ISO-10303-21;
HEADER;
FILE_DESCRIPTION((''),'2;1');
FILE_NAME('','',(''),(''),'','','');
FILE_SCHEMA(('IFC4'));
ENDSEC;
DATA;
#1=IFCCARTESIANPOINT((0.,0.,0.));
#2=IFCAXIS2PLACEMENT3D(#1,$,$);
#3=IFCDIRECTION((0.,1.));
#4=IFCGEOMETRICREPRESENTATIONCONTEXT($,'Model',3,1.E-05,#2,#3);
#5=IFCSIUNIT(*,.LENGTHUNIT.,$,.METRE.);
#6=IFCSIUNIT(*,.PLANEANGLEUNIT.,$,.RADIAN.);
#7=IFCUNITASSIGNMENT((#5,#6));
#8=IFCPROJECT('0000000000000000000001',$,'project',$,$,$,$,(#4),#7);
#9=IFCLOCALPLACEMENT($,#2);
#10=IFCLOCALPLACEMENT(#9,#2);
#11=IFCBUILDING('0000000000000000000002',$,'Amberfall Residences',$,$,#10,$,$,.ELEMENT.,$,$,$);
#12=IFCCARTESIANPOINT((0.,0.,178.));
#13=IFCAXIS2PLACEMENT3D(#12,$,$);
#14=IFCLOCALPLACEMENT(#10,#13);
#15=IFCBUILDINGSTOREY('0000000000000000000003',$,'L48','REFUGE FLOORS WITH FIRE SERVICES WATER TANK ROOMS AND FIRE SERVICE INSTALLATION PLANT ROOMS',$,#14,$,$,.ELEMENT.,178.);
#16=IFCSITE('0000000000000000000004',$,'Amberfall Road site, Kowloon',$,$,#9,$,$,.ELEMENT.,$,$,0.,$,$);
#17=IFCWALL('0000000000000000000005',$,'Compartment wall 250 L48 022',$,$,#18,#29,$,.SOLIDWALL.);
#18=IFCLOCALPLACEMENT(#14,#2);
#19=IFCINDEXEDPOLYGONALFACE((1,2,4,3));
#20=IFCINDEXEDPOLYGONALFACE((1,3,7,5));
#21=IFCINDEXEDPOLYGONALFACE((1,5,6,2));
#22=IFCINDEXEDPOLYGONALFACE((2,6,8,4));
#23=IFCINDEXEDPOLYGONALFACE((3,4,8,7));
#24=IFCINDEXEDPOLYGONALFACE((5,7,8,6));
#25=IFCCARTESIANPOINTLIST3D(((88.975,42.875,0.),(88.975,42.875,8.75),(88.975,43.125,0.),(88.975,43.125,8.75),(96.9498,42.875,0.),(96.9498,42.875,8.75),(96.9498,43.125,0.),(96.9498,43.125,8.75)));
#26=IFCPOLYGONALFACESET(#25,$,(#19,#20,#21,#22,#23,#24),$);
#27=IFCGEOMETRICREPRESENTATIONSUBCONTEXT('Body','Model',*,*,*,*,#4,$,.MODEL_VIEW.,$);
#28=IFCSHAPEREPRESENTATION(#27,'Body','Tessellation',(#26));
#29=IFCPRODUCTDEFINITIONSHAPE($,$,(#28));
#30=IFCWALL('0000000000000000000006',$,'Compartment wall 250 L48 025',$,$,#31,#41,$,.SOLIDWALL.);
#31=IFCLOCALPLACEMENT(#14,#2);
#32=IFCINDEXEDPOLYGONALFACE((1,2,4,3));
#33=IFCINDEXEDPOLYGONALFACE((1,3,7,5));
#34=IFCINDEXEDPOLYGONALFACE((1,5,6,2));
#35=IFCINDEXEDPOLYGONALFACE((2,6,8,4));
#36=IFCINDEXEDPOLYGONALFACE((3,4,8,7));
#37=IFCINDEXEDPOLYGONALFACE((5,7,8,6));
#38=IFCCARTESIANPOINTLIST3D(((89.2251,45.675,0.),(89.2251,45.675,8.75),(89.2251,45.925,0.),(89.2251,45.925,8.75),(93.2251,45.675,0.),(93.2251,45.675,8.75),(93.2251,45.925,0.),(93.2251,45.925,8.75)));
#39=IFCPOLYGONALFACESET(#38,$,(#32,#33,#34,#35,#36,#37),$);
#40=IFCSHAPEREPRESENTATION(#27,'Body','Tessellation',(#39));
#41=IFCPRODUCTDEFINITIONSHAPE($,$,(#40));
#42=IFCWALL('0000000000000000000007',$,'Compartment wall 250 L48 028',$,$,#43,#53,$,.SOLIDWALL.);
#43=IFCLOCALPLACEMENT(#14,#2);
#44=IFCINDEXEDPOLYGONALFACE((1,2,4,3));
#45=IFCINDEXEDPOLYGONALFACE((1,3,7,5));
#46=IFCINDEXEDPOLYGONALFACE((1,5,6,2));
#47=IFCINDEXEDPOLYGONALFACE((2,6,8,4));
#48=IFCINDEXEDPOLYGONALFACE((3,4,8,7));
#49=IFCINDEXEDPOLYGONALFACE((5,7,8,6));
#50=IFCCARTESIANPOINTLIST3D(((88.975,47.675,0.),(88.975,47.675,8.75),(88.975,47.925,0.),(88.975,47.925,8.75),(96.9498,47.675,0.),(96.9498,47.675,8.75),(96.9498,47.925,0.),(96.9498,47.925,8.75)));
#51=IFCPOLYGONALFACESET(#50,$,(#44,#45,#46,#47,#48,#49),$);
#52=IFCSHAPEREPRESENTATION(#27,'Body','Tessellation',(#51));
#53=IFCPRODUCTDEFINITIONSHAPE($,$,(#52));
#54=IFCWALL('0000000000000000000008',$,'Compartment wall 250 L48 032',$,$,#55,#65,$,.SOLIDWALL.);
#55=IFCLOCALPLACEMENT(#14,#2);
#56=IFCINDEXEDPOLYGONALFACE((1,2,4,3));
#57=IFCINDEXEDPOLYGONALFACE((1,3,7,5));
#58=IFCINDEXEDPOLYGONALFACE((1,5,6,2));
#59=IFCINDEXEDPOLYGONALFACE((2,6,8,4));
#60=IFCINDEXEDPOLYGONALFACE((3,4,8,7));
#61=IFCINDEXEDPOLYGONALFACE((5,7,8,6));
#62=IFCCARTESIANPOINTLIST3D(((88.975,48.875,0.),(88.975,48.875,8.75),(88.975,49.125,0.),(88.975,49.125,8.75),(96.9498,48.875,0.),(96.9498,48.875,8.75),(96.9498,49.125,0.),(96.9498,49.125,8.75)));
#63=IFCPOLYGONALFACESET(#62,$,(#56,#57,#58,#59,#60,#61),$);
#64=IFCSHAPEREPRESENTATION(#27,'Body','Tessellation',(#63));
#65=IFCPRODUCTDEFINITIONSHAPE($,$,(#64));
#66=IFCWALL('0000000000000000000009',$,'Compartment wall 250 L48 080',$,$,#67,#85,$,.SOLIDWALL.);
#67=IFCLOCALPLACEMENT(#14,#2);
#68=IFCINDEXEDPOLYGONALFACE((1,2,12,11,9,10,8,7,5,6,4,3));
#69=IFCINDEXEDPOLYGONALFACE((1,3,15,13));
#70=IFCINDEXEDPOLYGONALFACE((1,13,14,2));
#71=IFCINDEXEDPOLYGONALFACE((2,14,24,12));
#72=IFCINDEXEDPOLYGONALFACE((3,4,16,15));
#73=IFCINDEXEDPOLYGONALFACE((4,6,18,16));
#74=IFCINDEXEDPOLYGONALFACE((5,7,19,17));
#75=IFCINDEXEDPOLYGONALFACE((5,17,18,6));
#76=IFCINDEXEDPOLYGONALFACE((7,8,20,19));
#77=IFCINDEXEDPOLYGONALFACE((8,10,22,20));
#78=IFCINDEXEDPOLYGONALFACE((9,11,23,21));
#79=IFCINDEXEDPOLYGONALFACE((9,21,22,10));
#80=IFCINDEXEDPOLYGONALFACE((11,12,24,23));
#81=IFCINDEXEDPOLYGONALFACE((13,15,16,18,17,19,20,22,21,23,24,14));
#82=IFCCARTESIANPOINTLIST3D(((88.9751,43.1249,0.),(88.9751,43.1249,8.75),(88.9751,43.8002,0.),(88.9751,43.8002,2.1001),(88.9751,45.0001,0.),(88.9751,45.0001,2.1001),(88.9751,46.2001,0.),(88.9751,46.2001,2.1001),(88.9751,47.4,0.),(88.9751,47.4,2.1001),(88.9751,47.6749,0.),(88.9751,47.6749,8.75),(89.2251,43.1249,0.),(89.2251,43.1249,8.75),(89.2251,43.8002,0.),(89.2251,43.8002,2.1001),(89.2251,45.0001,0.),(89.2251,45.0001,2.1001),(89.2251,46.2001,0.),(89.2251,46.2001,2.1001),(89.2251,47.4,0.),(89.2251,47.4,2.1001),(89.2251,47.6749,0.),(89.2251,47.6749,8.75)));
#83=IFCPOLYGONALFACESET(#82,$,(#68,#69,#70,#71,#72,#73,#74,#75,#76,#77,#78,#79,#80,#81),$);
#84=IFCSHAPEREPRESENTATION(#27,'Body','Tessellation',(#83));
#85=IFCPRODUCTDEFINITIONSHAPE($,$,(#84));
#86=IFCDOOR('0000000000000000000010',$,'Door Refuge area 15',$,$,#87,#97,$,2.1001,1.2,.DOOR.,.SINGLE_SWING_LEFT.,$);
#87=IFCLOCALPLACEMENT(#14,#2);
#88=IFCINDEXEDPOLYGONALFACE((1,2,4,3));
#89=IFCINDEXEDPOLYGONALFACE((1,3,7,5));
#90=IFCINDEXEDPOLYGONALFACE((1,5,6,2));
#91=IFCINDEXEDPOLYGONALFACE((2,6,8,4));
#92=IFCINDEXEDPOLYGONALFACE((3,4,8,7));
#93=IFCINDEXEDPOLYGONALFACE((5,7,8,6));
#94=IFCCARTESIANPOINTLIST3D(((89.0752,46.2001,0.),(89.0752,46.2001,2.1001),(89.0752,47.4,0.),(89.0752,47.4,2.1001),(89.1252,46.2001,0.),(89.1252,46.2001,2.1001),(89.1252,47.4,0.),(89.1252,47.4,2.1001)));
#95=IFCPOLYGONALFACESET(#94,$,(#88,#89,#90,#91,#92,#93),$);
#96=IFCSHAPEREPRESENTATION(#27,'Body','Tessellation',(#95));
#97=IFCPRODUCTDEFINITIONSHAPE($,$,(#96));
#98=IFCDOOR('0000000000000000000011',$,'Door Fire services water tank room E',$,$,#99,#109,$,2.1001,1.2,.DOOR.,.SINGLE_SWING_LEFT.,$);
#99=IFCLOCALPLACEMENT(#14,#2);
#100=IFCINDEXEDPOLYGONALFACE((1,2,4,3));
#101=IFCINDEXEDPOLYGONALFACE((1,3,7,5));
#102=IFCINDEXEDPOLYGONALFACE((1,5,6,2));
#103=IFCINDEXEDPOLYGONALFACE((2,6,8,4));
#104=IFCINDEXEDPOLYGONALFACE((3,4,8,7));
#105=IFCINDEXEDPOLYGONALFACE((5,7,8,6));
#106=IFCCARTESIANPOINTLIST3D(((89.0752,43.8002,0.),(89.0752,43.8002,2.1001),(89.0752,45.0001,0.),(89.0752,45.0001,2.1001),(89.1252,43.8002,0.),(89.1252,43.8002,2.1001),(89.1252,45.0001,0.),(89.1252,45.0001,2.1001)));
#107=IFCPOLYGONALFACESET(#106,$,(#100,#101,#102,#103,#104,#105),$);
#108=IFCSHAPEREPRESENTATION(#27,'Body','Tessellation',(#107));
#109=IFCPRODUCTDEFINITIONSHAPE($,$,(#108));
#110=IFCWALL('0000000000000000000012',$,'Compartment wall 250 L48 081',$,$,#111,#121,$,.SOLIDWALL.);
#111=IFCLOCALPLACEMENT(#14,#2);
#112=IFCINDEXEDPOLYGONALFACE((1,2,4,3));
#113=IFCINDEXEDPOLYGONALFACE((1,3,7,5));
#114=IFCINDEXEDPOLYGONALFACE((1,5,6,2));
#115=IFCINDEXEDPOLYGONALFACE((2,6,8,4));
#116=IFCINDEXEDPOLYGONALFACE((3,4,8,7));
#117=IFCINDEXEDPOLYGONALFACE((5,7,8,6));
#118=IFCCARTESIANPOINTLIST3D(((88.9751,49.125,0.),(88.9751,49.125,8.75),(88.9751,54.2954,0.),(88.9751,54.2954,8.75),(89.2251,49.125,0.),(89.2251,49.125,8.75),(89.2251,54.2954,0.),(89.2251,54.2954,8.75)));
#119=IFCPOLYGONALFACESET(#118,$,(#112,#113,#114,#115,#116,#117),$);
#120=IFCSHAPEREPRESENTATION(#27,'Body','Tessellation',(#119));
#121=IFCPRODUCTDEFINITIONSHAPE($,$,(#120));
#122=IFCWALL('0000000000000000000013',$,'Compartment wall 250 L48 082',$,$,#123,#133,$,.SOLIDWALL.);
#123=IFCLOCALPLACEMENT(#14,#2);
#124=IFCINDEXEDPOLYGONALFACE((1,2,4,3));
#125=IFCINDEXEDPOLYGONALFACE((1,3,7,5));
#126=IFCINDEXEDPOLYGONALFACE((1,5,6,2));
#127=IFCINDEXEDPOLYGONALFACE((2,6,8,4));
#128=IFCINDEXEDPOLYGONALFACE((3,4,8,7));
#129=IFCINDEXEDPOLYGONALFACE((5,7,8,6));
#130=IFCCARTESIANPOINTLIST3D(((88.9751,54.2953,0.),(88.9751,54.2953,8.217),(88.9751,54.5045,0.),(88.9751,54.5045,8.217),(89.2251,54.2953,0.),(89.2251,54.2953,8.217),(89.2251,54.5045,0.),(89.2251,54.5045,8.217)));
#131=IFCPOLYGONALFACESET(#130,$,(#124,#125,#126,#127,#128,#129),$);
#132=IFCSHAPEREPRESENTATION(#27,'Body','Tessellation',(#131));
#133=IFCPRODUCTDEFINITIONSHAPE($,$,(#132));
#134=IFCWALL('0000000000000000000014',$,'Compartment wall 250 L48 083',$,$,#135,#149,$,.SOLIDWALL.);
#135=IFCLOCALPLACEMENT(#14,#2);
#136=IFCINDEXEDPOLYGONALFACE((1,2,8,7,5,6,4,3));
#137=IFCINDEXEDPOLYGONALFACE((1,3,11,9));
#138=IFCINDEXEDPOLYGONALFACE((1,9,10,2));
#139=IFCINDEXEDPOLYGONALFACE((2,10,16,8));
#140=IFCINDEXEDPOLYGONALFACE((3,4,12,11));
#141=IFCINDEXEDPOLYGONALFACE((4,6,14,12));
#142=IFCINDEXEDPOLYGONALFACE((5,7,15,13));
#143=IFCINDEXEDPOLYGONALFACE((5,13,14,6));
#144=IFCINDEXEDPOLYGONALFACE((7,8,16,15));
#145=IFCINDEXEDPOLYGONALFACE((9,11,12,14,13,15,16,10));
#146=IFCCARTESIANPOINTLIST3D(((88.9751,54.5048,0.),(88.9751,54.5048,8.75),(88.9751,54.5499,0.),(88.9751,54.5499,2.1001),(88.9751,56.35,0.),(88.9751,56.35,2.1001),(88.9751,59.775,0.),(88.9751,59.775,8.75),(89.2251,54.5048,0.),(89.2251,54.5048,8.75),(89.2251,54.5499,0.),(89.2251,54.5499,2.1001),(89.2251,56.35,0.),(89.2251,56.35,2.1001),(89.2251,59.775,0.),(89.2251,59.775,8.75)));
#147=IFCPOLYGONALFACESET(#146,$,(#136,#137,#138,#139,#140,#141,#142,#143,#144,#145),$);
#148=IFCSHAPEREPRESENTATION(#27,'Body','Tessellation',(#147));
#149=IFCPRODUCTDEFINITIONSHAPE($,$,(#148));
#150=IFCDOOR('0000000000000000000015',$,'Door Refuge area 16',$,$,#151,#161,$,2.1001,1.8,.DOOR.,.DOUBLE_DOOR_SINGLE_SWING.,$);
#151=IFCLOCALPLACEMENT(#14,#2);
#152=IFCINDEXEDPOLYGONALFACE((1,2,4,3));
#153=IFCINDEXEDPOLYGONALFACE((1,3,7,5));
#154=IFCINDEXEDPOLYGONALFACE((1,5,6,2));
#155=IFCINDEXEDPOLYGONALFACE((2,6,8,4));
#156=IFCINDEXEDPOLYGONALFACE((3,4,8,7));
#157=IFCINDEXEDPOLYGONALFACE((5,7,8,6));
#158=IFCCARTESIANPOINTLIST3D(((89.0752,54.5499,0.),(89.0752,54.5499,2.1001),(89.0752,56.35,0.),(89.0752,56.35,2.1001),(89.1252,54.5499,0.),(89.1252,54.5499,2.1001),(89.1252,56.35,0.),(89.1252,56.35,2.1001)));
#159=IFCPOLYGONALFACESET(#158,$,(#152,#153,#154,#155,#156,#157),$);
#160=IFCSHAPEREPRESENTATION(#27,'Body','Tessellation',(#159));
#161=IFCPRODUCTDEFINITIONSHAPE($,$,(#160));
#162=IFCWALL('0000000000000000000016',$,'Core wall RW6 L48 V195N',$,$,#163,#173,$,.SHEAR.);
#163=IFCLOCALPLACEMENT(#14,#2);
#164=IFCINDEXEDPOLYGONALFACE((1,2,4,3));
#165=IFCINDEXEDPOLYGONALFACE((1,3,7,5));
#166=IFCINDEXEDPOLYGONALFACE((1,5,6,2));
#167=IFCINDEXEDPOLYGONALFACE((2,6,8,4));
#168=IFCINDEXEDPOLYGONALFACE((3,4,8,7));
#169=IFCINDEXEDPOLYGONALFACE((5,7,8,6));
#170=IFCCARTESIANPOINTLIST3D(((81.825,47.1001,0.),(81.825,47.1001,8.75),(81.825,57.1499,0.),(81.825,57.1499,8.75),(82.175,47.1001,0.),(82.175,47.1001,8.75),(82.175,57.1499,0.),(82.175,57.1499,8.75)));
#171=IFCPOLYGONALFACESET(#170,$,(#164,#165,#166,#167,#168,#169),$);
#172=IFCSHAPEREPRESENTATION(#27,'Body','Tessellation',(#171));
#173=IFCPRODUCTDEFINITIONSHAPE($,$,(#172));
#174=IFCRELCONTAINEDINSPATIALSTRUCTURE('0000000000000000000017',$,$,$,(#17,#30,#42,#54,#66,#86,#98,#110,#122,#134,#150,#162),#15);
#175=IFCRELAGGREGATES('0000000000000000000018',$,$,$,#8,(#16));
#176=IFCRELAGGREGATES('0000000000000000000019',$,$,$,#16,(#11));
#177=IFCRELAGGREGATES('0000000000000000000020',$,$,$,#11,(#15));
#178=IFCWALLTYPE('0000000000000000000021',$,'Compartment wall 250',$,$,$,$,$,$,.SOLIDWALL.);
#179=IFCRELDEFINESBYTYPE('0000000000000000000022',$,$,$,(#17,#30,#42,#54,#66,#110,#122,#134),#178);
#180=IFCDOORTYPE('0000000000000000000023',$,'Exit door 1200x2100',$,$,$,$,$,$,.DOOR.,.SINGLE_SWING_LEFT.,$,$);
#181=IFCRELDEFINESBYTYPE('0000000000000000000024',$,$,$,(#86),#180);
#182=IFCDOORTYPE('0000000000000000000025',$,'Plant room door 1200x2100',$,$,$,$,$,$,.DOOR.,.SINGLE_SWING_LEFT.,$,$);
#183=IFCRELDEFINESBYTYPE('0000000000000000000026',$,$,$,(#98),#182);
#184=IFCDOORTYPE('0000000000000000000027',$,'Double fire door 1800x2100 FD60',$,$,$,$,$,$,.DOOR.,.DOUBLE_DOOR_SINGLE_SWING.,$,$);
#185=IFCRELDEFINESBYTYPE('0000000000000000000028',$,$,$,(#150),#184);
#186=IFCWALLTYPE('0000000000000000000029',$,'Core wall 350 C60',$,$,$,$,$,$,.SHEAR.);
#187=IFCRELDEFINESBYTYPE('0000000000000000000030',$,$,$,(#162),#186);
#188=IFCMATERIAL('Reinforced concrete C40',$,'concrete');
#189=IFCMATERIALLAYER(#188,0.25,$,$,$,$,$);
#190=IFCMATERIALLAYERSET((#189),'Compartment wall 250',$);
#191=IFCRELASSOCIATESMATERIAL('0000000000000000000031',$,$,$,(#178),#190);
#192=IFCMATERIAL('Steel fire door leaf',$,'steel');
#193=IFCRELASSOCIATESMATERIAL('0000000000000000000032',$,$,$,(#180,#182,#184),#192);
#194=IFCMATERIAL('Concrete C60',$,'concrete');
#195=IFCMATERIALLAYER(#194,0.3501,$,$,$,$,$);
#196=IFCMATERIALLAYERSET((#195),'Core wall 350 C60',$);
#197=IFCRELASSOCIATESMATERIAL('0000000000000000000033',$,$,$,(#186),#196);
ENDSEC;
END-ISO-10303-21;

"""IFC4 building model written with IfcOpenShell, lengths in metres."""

from ifc_helpers import new_model, si_unit, direction, frame, frame_2d, origin, place, context, subcontext, project, spatial, rectangle, extrude, material, layer, layer_set, type_object, element, fill, save


model = new_model("IFC4")

# Units and contexts
model_context = context("Model", 3, precision=1e-05, world=origin(), true_north=direction((0.0, 1.0)))
body_context = subcontext(model_context, "Body", "Model", "MODEL_VIEW")
ifc_project = project(units=[si_unit("LENGTHUNIT", "METRE"), si_unit("PLANEANGLEUNIT", "RADIAN")], contexts=[model_context])

# Site, building, storey
site_placement = place(None, origin())
site = spatial("IfcSite", under=ifc_project, at=site_placement, Name="Amberfall Road site, Kowloon", CompositionType="ELEMENT", RefElevation=0.0)
building_placement = place(site_placement, origin())
building = spatial("IfcBuilding", under=site, at=building_placement, Name="Amberfall Residences", CompositionType="ELEMENT")
storey_placement = place(building_placement, frame((0.0, 0.0, 178.0)))
storey = spatial("IfcBuildingStorey", under=building, at=storey_placement, Name="L48", Description="REFUGE FLOORS WITH FIRE SERVICES WATER TANK ROOMS AND FIRE SERVICE INSTALLATION PLANT ROOMS", CompositionType="ELEMENT", Elevation=178.0)

# Walls
ifc_material_1 = material(Name="Reinforced concrete C40", Category="concrete")
ifc_layer_1 = layer(ifc_material_1, 0.25)
ifc_layer_set_1 = layer_set([ifc_layer_1], Name="Compartment wall 250")
wall_type_1 = type_object("IfcWallType", Name="Compartment wall 250", PredefinedType="SOLIDWALL", material=ifc_layer_set_1)
wall_1_placement = place(storey_placement, frame((88.9751, 43.0, 0.0), z_axis=(0.0, 0.0, 1.0), x_axis=(1.0, 0.0, 0.0)))
element("IfcWall", 1, at=wall_1_placement, inside=storey, type_object=wall_type_1, Name="Compartment wall 250 L48 022", PredefinedType="SOLIDWALL", context=body_context, shape_type="SweptSolid", body=[
    extrude(rectangle(XDim=7.9749, YDim=0.25, at=frame_2d((3.9873, 0.0))), origin(), (0.0, 0.0, 1.0), 8.75),
])
wall_2_placement = place(storey_placement, frame((89.2251, 45.8, 0.0), z_axis=(0.0, 0.0, 1.0), x_axis=(1.0, 0.0, 0.0)))
element("IfcWall", 2, at=wall_2_placement, inside=storey, type_object=wall_type_1, Name="Compartment wall 250 L48 025", PredefinedType="SOLIDWALL", context=body_context, shape_type="SweptSolid", body=[
    extrude(rectangle(XDim=4.0, YDim=0.25, at=frame_2d((2.0, 0.0))), origin(), (0.0, 0.0, 1.0), 8.75),
])
for number, where, z_axis, x_axis, name in (
    (3, (88.9751, 47.8, 0.0), (0.0, 0.0, 1.0), (1.0, 0.0, 0.0), "Compartment wall 250 L48 028"),
    (4, (88.9751, 49.0, 0.0), (0.0, 0.0, 1.0), (1.0, 0.0, 0.0), "Compartment wall 250 L48 032"),
):
    element("IfcWall", number, at=place(storey_placement, frame(where, z_axis=z_axis, x_axis=x_axis)), inside=storey, type_object=wall_type_1, Name=name, PredefinedType="SOLIDWALL", context=body_context, shape_type="SweptSolid", body=[
        extrude(rectangle(XDim=7.9749, YDim=0.25, at=frame_2d((3.9873, 0.0))), origin(), (0.0, 0.0, 1.0), 8.75),
    ])

# Wall, openings, doors
wall_3_placement = place(storey_placement, frame((89.1001, 43.125, 0.0), z_axis=(0.0, 0.0, 1.0), x_axis=(0.0, 1.0, 0.0)))
wall_3 = element("IfcWall", 5, at=wall_3_placement, inside=storey, type_object=wall_type_1, Name="Compartment wall 250 L48 080", PredefinedType="SOLIDWALL", context=body_context, shape_type="SweptSolid", body=[
    extrude(rectangle(XDim=4.55, YDim=0.25, at=frame_2d((2.2749, 0.0))), origin(), (0.0, 0.0, 1.0), 8.75),
])
opening_1_placement = place(wall_3_placement, frame((0.675, 0.0, 0.0)))
opening_1 = element("IfcOpeningElement", 6, at=opening_1_placement, cuts=wall_3, PredefinedType="OPENING", context=body_context, shape_type="SweptSolid", body=[
    extrude(rectangle(XDim=1.2, YDim=2.1001, at=frame_2d((0.6001, 1.05))), frame((0.0, 0.135, 0.0), z_axis=(0.0, -1.0, 0.0), x_axis=(1.0, 0.0, 0.0)), (0.0, 0.0, 1.0), 0.27),
])
opening_2_placement = place(wall_3_placement, frame((3.075, 0.0, 0.0)))
opening_2 = element("IfcOpeningElement", 7, at=opening_2_placement, cuts=wall_3, PredefinedType="OPENING", context=body_context, shape_type="SweptSolid", body=[
    extrude(rectangle(XDim=1.2, YDim=2.1001, at=frame_2d((0.6001, 1.05))), frame((0.0, 0.135, 0.0), z_axis=(0.0, -1.0, 0.0), x_axis=(1.0, 0.0, 0.0)), (0.0, 0.0, 1.0), 0.27),
])
ifc_material_2 = material(Name="Steel fire door leaf", Category="steel")
door_type_1 = type_object("IfcDoorType", Name="Exit door 1200x2100", OperationType="SINGLE_SWING_LEFT", PredefinedType="DOOR", material=ifc_material_2)
door_1_placement = place(opening_2_placement, origin())
door_1 = element("IfcDoor", 8, at=door_1_placement, inside=storey, type_object=door_type_1, Name="Door Refuge area 15", OperationType="SINGLE_SWING_LEFT", OverallHeight=2.1001, OverallWidth=1.2, PredefinedType="DOOR", context=body_context, shape_type="SweptSolid", body=[
    extrude(rectangle(XDim=1.2, YDim=2.1001, at=frame_2d((0.6001, 1.05))), frame((0.0, 0.0249, 0.0), z_axis=(0.0, -1.0, 0.0), x_axis=(1.0, 0.0, 0.0)), (0.0, 0.0, 1.0), 0.05),
])
fill(opening_2, door_1)
door_type_2 = type_object("IfcDoorType", Name="Plant room door 1200x2100", OperationType="SINGLE_SWING_LEFT", PredefinedType="DOOR", material=ifc_material_2)
door_2_placement = place(opening_1_placement, origin())
door_2 = element("IfcDoor", 9, at=door_2_placement, inside=storey, type_object=door_type_2, Name="Door Fire services water tank room E", OperationType="SINGLE_SWING_LEFT", OverallHeight=2.1001, OverallWidth=1.2, PredefinedType="DOOR", context=body_context, shape_type="SweptSolid", body=[
    extrude(rectangle(XDim=1.2, YDim=2.1001, at=frame_2d((0.6001, 1.05))), frame((0.0, 0.0249, 0.0), z_axis=(0.0, -1.0, 0.0), x_axis=(1.0, 0.0, 0.0)), (0.0, 0.0, 1.0), 0.05),
])
fill(opening_1, door_2)

# Walls
wall_4_placement = place(storey_placement, frame((89.1001, 49.125, 0.0), z_axis=(0.0, 0.0, 1.0), x_axis=(0.0, 1.0, 0.0)))
element("IfcWall", 10, at=wall_4_placement, inside=storey, type_object=wall_type_1, Name="Compartment wall 250 L48 081", PredefinedType="SOLIDWALL", context=body_context, shape_type="SweptSolid", body=[
    extrude(rectangle(XDim=5.1704, YDim=0.25, at=frame_2d((2.5852, 0.0))), origin(), (0.0, 0.0, 1.0), 8.75),
])
wall_5_placement = place(storey_placement, frame((89.1001, 54.2954, 0.0), z_axis=(0.0, 0.0, 1.0), x_axis=(0.0, 1.0, 0.0)))
element("IfcWall", 11, at=wall_5_placement, inside=storey, type_object=wall_type_1, Name="Compartment wall 250 L48 082", PredefinedType="SOLIDWALL", context=body_context, shape_type="SweptSolid", body=[
    extrude(rectangle(XDim=0.2092, YDim=0.25, at=frame_2d((0.1045, 0.0))), origin(), (0.0, 0.0, 1.0), 8.217),
])

# Wall, opening, door
wall_6_placement = place(storey_placement, frame((89.1001, 54.5046, 0.0), z_axis=(0.0, 0.0, 1.0), x_axis=(0.0, 1.0, 0.0)))
wall_6 = element("IfcWall", 12, at=wall_6_placement, inside=storey, type_object=wall_type_1, Name="Compartment wall 250 L48 083", PredefinedType="SOLIDWALL", context=body_context, shape_type="SweptSolid", body=[
    extrude(rectangle(XDim=5.2703, YDim=0.25, at=frame_2d((2.6353, 0.0))), origin(), (0.0, 0.0, 1.0), 8.75),
])
opening_3_placement = place(wall_6_placement, frame((0.0454, 0.0, 0.0)))
opening_3 = element("IfcOpeningElement", 13, at=opening_3_placement, cuts=wall_6, PredefinedType="OPENING", context=body_context, shape_type="SweptSolid", body=[
    extrude(rectangle(XDim=1.8, YDim=2.1001, at=frame_2d((0.8999, 1.05))), frame((0.0, 0.135, 0.0), z_axis=(0.0, -1.0, 0.0), x_axis=(1.0, 0.0, 0.0)), (0.0, 0.0, 1.0), 0.27),
])
door_type_3 = type_object("IfcDoorType", Name="Double fire door 1800x2100 FD60", OperationType="DOUBLE_DOOR_SINGLE_SWING", PredefinedType="DOOR", material=ifc_material_2)
door_3_placement = place(opening_3_placement, origin())
door_3 = element("IfcDoor", 14, at=door_3_placement, inside=storey, type_object=door_type_3, Name="Door Refuge area 16", OperationType="DOUBLE_DOOR_SINGLE_SWING", OverallHeight=2.1001, OverallWidth=1.8, PredefinedType="DOOR", context=body_context, shape_type="SweptSolid", body=[
    extrude(rectangle(XDim=1.8, YDim=2.1001, at=frame_2d((0.8999, 1.05))), frame((0.0, 0.0249, 0.0), z_axis=(0.0, -1.0, 0.0), x_axis=(1.0, 0.0, 0.0)), (0.0, 0.0, 1.0), 0.05),
])
fill(opening_3, door_3)

# Wall
ifc_material_3 = material(Name="Concrete C60", Category="concrete")
ifc_layer_2 = layer(ifc_material_3, 0.3501)
ifc_layer_set_2 = layer_set([ifc_layer_2], Name="Core wall 350 C60")
wall_type_2 = type_object("IfcWallType", Name="Core wall 350 C60", PredefinedType="SHEAR", material=ifc_layer_set_2)
wall_7_placement = place(storey_placement, frame((82.0, 47.1001, 0.0), z_axis=(0.0, 0.0, 1.0), x_axis=(0.0, 1.0, 0.0)))
element("IfcWall", 15, at=wall_7_placement, inside=storey, type_object=wall_type_2, Name="Core wall RW6 L48 V195N", PredefinedType="SHEAR", context=body_context, shape_type="SweptSolid", body=[
    extrude(rectangle(XDim=10.0498, YDim=0.3501, at=frame_2d((5.0249, 0.0))), origin(), (0.0, 0.0, 1.0), 8.75),
])

save(model, "model.ifc")
